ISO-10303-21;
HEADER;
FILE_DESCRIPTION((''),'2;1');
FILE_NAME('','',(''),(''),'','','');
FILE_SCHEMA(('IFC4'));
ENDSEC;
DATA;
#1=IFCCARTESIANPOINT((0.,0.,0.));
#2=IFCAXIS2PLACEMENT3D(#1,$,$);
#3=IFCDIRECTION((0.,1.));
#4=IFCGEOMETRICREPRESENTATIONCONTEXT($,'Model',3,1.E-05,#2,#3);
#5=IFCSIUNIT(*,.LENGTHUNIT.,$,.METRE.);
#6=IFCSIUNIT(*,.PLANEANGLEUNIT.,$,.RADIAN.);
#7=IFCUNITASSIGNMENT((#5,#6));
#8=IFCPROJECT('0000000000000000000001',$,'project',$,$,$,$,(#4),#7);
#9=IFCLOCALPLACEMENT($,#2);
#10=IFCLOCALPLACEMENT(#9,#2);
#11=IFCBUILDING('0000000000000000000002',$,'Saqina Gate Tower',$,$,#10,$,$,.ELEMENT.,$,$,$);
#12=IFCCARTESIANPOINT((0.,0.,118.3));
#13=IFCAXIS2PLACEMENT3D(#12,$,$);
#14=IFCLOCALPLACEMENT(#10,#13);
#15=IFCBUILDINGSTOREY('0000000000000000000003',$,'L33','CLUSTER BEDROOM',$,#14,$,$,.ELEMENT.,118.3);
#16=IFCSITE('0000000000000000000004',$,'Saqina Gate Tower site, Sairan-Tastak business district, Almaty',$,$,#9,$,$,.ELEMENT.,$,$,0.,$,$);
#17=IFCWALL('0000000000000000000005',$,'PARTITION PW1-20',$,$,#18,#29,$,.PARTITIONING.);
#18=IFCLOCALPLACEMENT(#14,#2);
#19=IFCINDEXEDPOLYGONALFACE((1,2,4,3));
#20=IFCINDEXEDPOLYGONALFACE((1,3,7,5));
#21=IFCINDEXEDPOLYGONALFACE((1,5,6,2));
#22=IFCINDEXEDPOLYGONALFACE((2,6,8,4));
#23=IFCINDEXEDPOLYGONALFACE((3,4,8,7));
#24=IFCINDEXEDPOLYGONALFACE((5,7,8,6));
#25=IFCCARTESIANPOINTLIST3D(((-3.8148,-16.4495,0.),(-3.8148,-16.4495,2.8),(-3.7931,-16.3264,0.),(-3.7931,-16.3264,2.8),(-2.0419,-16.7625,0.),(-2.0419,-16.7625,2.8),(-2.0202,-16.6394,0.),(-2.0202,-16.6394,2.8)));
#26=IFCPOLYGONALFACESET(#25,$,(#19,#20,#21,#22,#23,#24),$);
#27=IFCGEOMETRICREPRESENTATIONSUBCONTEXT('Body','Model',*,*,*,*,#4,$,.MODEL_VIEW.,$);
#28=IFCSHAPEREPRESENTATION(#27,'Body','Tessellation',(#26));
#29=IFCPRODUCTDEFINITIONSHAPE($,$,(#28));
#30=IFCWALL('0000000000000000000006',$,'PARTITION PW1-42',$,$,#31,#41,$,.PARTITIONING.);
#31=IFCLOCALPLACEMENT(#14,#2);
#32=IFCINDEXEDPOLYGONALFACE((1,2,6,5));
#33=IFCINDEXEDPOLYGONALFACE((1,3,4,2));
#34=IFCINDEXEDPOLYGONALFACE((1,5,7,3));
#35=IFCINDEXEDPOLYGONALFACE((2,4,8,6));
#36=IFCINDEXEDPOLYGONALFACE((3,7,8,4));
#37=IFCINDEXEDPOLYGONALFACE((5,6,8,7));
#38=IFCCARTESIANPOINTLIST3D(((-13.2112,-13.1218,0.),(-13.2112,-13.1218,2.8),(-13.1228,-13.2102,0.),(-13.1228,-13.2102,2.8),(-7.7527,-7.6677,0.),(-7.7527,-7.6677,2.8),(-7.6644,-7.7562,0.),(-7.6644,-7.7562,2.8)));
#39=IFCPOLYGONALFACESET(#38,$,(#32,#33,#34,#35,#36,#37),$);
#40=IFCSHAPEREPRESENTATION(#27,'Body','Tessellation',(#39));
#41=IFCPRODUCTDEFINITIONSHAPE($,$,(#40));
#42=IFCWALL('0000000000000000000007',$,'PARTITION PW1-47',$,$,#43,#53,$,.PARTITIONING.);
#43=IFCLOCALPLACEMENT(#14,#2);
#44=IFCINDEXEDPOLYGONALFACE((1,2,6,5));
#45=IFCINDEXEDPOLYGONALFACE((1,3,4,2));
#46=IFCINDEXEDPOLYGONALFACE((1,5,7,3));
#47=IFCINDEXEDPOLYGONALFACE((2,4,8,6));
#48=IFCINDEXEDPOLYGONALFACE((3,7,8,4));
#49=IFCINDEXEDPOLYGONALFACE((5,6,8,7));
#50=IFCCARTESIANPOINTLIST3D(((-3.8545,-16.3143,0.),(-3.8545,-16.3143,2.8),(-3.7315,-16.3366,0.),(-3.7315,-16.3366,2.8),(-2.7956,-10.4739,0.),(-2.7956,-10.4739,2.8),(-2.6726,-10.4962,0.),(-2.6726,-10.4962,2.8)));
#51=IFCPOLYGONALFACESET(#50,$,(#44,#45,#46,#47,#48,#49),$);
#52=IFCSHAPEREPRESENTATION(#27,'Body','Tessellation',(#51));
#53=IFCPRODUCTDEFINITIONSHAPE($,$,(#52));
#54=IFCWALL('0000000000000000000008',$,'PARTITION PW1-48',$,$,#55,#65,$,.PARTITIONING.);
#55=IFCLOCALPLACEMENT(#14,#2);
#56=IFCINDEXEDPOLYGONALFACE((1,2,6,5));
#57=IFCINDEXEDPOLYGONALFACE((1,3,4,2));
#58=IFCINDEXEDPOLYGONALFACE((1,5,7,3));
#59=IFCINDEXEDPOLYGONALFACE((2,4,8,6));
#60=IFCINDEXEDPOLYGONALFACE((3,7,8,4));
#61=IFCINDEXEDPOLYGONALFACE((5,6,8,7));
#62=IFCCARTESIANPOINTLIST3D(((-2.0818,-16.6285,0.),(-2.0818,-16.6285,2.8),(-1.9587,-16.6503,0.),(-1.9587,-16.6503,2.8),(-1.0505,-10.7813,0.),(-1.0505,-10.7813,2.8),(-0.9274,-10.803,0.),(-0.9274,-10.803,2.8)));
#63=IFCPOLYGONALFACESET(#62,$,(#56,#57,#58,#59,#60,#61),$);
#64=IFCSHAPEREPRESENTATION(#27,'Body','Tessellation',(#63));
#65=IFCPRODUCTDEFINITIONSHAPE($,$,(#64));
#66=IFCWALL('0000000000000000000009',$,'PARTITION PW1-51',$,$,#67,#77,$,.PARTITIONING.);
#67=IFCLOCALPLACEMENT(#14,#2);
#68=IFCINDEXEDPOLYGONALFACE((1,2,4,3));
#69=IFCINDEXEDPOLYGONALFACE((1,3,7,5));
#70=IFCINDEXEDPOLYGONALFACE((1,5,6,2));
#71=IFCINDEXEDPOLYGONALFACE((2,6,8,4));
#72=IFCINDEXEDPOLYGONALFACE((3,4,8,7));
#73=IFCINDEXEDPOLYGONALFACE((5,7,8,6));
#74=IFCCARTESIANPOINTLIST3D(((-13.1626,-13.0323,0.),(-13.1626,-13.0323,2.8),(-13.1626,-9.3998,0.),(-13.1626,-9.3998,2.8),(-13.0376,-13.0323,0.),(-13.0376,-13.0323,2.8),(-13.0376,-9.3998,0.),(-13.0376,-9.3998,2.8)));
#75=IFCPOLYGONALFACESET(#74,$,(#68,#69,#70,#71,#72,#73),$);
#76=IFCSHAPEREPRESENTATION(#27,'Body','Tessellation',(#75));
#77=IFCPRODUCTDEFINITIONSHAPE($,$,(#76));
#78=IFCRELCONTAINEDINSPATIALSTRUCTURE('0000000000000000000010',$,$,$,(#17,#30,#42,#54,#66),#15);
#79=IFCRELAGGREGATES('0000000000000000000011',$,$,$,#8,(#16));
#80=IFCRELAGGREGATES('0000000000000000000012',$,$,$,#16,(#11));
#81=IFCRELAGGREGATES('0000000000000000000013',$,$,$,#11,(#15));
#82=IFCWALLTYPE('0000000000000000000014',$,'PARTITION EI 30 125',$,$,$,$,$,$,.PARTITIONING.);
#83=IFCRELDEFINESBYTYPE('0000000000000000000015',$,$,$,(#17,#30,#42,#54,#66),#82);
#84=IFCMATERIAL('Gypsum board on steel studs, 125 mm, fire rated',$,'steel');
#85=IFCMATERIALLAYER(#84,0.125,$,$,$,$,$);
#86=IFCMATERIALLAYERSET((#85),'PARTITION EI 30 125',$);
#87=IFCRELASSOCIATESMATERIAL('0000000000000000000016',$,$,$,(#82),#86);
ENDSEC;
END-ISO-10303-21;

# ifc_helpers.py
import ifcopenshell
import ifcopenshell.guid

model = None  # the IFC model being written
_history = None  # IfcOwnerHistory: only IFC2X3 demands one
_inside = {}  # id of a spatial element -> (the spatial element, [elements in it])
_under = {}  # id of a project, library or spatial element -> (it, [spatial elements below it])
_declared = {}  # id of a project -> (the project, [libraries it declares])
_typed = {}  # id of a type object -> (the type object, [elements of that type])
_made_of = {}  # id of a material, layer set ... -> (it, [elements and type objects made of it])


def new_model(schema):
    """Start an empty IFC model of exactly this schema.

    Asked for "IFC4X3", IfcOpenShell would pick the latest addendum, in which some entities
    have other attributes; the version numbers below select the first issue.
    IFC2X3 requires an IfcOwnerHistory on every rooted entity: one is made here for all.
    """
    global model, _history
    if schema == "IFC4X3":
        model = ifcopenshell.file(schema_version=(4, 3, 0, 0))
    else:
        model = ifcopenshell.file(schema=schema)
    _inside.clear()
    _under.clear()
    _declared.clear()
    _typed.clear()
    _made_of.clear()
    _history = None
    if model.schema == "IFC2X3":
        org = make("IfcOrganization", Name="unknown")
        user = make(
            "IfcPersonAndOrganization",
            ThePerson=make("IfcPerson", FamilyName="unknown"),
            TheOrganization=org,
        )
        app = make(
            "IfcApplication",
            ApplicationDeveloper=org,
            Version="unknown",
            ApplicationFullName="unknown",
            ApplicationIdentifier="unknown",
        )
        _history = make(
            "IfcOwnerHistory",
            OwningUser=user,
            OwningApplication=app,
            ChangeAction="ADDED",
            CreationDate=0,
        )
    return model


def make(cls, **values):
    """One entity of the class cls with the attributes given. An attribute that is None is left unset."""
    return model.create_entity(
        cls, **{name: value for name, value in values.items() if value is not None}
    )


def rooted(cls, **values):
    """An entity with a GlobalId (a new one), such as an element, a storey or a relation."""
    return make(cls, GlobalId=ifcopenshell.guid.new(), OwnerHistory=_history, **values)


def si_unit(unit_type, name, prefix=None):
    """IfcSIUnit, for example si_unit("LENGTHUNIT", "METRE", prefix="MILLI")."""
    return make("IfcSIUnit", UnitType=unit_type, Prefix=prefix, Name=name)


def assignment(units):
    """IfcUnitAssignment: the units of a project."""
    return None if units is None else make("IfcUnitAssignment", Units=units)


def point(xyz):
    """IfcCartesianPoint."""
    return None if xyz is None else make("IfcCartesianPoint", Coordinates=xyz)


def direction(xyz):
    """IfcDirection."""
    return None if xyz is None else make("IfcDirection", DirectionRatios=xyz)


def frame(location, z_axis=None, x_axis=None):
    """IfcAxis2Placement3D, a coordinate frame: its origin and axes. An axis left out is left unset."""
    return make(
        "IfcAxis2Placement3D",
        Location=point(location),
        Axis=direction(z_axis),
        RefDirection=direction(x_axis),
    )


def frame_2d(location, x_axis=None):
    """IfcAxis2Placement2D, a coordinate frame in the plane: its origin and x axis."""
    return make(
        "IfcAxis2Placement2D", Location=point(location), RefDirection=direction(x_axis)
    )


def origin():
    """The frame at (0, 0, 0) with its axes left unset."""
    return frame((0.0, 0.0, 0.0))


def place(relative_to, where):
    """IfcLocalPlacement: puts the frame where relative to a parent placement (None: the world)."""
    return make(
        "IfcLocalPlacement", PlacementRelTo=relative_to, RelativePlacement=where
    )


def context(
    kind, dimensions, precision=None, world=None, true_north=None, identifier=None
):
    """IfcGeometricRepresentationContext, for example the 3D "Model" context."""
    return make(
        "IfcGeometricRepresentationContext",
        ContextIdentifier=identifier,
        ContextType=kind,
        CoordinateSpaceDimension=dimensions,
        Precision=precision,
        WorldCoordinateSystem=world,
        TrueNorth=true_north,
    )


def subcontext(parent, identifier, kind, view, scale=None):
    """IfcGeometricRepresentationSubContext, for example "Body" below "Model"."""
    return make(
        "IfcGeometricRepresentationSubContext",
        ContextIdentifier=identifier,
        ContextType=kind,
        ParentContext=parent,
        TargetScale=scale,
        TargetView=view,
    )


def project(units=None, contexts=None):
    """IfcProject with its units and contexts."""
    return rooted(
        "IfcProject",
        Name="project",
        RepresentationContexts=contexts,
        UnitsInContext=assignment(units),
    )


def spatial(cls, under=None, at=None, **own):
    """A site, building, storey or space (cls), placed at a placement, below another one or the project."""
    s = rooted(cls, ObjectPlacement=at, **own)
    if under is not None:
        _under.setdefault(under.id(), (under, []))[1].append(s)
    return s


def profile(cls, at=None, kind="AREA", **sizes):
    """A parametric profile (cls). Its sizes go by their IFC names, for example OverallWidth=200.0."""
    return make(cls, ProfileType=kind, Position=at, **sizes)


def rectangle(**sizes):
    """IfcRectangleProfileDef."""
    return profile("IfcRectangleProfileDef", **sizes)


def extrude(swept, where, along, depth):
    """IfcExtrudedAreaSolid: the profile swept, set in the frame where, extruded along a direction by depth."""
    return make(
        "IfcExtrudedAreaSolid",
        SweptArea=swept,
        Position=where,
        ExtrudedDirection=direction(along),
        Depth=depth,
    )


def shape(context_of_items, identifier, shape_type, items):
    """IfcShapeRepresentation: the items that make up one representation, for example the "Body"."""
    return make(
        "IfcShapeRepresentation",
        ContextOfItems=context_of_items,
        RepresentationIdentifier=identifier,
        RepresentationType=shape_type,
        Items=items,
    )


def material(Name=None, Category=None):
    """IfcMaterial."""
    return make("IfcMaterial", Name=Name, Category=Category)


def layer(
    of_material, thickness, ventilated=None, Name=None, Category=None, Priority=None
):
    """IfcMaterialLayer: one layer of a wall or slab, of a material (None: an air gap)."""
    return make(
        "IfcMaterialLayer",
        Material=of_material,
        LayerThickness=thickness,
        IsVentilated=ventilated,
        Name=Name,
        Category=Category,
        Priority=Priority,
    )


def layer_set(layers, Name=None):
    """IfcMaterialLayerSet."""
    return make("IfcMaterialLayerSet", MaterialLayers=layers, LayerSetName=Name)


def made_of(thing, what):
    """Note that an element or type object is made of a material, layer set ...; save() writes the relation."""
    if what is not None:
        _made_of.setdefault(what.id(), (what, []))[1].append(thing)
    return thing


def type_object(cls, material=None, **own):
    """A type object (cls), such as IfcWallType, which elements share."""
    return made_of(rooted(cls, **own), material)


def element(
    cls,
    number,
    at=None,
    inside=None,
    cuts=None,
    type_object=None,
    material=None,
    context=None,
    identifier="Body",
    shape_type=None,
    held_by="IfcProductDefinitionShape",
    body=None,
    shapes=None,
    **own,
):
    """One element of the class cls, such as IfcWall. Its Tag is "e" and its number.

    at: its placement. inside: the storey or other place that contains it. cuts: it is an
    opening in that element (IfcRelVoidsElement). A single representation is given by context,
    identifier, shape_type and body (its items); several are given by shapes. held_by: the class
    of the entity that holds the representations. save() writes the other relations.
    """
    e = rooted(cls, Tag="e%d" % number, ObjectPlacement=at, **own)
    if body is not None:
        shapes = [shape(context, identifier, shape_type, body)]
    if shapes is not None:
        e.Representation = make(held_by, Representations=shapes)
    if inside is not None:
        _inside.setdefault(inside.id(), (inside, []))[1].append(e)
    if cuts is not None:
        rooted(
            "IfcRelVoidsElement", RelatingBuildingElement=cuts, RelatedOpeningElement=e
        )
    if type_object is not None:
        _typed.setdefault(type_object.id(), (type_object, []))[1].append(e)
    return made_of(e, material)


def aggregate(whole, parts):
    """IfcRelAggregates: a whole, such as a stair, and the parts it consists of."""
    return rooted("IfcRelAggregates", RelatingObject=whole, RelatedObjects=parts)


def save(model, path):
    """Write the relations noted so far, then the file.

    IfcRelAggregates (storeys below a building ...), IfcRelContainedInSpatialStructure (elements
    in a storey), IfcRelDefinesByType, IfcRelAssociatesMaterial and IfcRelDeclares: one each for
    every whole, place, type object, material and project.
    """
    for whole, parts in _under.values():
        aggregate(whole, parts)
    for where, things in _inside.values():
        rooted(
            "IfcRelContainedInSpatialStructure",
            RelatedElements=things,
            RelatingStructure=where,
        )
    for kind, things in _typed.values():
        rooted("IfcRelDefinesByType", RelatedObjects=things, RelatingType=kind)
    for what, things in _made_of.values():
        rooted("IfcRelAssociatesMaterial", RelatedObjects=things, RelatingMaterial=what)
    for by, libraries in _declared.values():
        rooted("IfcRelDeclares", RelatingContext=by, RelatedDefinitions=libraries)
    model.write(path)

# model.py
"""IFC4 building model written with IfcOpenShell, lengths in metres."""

from ifc_helpers import new_model, si_unit, direction, frame, frame_2d, origin, place, context, subcontext, project, spatial, rectangle, extrude, material, layer, layer_set, type_object, element, save


model = new_model("IFC4")

# Units and contexts
model_context = context("Model", 3, precision=1e-05, world=origin(), true_north=direction((0.0, 1.0)))
body_context = subcontext(model_context, "Body", "Model", "MODEL_VIEW")
ifc_project = project(units=[si_unit("LENGTHUNIT", "METRE"), si_unit("PLANEANGLEUNIT", "RADIAN")], contexts=[model_context])

# Site, building, storey
site_placement = place(None, origin())
site = spatial("IfcSite", under=ifc_project, at=site_placement, Name="Saqina Gate Tower site, Sairan-Tastak business district, Almaty", CompositionType="ELEMENT", RefElevation=0.0)
building_placement = place(site_placement, origin())
building = spatial("IfcBuilding", under=site, at=building_placement, Name="Saqina Gate Tower", CompositionType="ELEMENT")
storey_placement = place(building_placement, frame((0.0, 0.0, 118.3)))
storey = spatial("IfcBuildingStorey", under=building, at=storey_placement, Name="L33", Description="CLUSTER BEDROOM", CompositionType="ELEMENT", Elevation=118.3)

# Shared definitions
ifc_material_1 = material(Name="Gypsum board on steel studs, 125 mm, fire rated", Category="steel")
ifc_layer_1 = layer(ifc_material_1, 0.125)
ifc_layer_set_1 = layer_set([ifc_layer_1], Name="PARTITION EI 30 125")
wall_type_1 = type_object("IfcWallType", Name="PARTITION EI 30 125", PredefinedType="PARTITIONING", material=ifc_layer_set_1)

# Walls
wall_1_placement = place(storey_placement, frame((-3.804, -16.3879, 0.0), z_axis=(0.0, 0.0, 1.0), x_axis=(0.984773, -0.173847, 0.0)))
element("IfcWall", 1, at=wall_1_placement, inside=storey, type_object=wall_type_1, Name="PARTITION PW1-20", PredefinedType="PARTITIONING", context=body_context, shape_type="SweptSolid", body=[
    extrude(rectangle(XDim=1.8003, YDim=0.125, at=frame_2d((0.9001, 0.0))), origin(), (0.0, 0.0, 1.0), 2.8),
])
wall_2_placement = place(storey_placement, frame((-13.167, -13.166, 0.0), z_axis=(0.0, 0.0, 1.0), x_axis=(0.707391, 0.706822, 0.0)))
element("IfcWall", 2, at=wall_2_placement, inside=storey, type_object=wall_type_1, Name="PARTITION PW1-42", PredefinedType="PARTITIONING", context=body_context, shape_type="SweptSolid", body=[
    extrude(rectangle(XDim=7.7163, YDim=0.125, at=frame_2d((3.8582, 0.0))), origin(), (0.0, 0.0, 1.0), 2.8),
])
wall_3_placement = place(storey_placement, frame((-3.793, -16.3254, 0.0), z_axis=(0.0, 0.0, 1.0), x_axis=(0.17839, 0.98396, 0.0)))
element("IfcWall", 3, at=wall_3_placement, inside=storey, type_object=wall_type_1, Name="PARTITION PW1-47", PredefinedType="PARTITIONING", context=body_context, shape_type="SweptSolid", body=[
    extrude(rectangle(XDim=5.9355, YDim=0.125, at=frame_2d((2.9678, 0.0))), origin(), (0.0, 0.0, 1.0), 2.8),
])
wall_4_placement = place(storey_placement, frame((-2.0203, -16.6394, 0.0), z_axis=(0.0, 0.0, 1.0), x_axis=(0.173687, 0.984801, 0.0)))
element("IfcWall", 4, at=wall_4_placement, inside=storey, type_object=wall_type_1, Name="PARTITION PW1-48", PredefinedType="PARTITIONING", context=body_context, shape_type="SweptSolid", body=[
    extrude(rectangle(XDim=5.9375, YDim=0.125, at=frame_2d((2.9688, 0.0))), origin(), (0.0, 0.0, 1.0), 2.8),
])
wall_5_placement = place(storey_placement, frame((-13.1001, -13.0325, 0.0), z_axis=(0.0, 0.0, 1.0), x_axis=(0.0, 1.0, 0.0)))
element("IfcWall", 5, at=wall_5_placement, inside=storey, type_object=wall_type_1, Name="PARTITION PW1-51", PredefinedType="PARTITIONING", context=body_context, shape_type="SweptSolid", body=[
    extrude(rectangle(XDim=3.6326, YDim=0.125, at=frame_2d((1.8164, 0.0))), origin(), (0.0, 0.0, 1.0), 2.8),
])

save(model, "model.ifc")
